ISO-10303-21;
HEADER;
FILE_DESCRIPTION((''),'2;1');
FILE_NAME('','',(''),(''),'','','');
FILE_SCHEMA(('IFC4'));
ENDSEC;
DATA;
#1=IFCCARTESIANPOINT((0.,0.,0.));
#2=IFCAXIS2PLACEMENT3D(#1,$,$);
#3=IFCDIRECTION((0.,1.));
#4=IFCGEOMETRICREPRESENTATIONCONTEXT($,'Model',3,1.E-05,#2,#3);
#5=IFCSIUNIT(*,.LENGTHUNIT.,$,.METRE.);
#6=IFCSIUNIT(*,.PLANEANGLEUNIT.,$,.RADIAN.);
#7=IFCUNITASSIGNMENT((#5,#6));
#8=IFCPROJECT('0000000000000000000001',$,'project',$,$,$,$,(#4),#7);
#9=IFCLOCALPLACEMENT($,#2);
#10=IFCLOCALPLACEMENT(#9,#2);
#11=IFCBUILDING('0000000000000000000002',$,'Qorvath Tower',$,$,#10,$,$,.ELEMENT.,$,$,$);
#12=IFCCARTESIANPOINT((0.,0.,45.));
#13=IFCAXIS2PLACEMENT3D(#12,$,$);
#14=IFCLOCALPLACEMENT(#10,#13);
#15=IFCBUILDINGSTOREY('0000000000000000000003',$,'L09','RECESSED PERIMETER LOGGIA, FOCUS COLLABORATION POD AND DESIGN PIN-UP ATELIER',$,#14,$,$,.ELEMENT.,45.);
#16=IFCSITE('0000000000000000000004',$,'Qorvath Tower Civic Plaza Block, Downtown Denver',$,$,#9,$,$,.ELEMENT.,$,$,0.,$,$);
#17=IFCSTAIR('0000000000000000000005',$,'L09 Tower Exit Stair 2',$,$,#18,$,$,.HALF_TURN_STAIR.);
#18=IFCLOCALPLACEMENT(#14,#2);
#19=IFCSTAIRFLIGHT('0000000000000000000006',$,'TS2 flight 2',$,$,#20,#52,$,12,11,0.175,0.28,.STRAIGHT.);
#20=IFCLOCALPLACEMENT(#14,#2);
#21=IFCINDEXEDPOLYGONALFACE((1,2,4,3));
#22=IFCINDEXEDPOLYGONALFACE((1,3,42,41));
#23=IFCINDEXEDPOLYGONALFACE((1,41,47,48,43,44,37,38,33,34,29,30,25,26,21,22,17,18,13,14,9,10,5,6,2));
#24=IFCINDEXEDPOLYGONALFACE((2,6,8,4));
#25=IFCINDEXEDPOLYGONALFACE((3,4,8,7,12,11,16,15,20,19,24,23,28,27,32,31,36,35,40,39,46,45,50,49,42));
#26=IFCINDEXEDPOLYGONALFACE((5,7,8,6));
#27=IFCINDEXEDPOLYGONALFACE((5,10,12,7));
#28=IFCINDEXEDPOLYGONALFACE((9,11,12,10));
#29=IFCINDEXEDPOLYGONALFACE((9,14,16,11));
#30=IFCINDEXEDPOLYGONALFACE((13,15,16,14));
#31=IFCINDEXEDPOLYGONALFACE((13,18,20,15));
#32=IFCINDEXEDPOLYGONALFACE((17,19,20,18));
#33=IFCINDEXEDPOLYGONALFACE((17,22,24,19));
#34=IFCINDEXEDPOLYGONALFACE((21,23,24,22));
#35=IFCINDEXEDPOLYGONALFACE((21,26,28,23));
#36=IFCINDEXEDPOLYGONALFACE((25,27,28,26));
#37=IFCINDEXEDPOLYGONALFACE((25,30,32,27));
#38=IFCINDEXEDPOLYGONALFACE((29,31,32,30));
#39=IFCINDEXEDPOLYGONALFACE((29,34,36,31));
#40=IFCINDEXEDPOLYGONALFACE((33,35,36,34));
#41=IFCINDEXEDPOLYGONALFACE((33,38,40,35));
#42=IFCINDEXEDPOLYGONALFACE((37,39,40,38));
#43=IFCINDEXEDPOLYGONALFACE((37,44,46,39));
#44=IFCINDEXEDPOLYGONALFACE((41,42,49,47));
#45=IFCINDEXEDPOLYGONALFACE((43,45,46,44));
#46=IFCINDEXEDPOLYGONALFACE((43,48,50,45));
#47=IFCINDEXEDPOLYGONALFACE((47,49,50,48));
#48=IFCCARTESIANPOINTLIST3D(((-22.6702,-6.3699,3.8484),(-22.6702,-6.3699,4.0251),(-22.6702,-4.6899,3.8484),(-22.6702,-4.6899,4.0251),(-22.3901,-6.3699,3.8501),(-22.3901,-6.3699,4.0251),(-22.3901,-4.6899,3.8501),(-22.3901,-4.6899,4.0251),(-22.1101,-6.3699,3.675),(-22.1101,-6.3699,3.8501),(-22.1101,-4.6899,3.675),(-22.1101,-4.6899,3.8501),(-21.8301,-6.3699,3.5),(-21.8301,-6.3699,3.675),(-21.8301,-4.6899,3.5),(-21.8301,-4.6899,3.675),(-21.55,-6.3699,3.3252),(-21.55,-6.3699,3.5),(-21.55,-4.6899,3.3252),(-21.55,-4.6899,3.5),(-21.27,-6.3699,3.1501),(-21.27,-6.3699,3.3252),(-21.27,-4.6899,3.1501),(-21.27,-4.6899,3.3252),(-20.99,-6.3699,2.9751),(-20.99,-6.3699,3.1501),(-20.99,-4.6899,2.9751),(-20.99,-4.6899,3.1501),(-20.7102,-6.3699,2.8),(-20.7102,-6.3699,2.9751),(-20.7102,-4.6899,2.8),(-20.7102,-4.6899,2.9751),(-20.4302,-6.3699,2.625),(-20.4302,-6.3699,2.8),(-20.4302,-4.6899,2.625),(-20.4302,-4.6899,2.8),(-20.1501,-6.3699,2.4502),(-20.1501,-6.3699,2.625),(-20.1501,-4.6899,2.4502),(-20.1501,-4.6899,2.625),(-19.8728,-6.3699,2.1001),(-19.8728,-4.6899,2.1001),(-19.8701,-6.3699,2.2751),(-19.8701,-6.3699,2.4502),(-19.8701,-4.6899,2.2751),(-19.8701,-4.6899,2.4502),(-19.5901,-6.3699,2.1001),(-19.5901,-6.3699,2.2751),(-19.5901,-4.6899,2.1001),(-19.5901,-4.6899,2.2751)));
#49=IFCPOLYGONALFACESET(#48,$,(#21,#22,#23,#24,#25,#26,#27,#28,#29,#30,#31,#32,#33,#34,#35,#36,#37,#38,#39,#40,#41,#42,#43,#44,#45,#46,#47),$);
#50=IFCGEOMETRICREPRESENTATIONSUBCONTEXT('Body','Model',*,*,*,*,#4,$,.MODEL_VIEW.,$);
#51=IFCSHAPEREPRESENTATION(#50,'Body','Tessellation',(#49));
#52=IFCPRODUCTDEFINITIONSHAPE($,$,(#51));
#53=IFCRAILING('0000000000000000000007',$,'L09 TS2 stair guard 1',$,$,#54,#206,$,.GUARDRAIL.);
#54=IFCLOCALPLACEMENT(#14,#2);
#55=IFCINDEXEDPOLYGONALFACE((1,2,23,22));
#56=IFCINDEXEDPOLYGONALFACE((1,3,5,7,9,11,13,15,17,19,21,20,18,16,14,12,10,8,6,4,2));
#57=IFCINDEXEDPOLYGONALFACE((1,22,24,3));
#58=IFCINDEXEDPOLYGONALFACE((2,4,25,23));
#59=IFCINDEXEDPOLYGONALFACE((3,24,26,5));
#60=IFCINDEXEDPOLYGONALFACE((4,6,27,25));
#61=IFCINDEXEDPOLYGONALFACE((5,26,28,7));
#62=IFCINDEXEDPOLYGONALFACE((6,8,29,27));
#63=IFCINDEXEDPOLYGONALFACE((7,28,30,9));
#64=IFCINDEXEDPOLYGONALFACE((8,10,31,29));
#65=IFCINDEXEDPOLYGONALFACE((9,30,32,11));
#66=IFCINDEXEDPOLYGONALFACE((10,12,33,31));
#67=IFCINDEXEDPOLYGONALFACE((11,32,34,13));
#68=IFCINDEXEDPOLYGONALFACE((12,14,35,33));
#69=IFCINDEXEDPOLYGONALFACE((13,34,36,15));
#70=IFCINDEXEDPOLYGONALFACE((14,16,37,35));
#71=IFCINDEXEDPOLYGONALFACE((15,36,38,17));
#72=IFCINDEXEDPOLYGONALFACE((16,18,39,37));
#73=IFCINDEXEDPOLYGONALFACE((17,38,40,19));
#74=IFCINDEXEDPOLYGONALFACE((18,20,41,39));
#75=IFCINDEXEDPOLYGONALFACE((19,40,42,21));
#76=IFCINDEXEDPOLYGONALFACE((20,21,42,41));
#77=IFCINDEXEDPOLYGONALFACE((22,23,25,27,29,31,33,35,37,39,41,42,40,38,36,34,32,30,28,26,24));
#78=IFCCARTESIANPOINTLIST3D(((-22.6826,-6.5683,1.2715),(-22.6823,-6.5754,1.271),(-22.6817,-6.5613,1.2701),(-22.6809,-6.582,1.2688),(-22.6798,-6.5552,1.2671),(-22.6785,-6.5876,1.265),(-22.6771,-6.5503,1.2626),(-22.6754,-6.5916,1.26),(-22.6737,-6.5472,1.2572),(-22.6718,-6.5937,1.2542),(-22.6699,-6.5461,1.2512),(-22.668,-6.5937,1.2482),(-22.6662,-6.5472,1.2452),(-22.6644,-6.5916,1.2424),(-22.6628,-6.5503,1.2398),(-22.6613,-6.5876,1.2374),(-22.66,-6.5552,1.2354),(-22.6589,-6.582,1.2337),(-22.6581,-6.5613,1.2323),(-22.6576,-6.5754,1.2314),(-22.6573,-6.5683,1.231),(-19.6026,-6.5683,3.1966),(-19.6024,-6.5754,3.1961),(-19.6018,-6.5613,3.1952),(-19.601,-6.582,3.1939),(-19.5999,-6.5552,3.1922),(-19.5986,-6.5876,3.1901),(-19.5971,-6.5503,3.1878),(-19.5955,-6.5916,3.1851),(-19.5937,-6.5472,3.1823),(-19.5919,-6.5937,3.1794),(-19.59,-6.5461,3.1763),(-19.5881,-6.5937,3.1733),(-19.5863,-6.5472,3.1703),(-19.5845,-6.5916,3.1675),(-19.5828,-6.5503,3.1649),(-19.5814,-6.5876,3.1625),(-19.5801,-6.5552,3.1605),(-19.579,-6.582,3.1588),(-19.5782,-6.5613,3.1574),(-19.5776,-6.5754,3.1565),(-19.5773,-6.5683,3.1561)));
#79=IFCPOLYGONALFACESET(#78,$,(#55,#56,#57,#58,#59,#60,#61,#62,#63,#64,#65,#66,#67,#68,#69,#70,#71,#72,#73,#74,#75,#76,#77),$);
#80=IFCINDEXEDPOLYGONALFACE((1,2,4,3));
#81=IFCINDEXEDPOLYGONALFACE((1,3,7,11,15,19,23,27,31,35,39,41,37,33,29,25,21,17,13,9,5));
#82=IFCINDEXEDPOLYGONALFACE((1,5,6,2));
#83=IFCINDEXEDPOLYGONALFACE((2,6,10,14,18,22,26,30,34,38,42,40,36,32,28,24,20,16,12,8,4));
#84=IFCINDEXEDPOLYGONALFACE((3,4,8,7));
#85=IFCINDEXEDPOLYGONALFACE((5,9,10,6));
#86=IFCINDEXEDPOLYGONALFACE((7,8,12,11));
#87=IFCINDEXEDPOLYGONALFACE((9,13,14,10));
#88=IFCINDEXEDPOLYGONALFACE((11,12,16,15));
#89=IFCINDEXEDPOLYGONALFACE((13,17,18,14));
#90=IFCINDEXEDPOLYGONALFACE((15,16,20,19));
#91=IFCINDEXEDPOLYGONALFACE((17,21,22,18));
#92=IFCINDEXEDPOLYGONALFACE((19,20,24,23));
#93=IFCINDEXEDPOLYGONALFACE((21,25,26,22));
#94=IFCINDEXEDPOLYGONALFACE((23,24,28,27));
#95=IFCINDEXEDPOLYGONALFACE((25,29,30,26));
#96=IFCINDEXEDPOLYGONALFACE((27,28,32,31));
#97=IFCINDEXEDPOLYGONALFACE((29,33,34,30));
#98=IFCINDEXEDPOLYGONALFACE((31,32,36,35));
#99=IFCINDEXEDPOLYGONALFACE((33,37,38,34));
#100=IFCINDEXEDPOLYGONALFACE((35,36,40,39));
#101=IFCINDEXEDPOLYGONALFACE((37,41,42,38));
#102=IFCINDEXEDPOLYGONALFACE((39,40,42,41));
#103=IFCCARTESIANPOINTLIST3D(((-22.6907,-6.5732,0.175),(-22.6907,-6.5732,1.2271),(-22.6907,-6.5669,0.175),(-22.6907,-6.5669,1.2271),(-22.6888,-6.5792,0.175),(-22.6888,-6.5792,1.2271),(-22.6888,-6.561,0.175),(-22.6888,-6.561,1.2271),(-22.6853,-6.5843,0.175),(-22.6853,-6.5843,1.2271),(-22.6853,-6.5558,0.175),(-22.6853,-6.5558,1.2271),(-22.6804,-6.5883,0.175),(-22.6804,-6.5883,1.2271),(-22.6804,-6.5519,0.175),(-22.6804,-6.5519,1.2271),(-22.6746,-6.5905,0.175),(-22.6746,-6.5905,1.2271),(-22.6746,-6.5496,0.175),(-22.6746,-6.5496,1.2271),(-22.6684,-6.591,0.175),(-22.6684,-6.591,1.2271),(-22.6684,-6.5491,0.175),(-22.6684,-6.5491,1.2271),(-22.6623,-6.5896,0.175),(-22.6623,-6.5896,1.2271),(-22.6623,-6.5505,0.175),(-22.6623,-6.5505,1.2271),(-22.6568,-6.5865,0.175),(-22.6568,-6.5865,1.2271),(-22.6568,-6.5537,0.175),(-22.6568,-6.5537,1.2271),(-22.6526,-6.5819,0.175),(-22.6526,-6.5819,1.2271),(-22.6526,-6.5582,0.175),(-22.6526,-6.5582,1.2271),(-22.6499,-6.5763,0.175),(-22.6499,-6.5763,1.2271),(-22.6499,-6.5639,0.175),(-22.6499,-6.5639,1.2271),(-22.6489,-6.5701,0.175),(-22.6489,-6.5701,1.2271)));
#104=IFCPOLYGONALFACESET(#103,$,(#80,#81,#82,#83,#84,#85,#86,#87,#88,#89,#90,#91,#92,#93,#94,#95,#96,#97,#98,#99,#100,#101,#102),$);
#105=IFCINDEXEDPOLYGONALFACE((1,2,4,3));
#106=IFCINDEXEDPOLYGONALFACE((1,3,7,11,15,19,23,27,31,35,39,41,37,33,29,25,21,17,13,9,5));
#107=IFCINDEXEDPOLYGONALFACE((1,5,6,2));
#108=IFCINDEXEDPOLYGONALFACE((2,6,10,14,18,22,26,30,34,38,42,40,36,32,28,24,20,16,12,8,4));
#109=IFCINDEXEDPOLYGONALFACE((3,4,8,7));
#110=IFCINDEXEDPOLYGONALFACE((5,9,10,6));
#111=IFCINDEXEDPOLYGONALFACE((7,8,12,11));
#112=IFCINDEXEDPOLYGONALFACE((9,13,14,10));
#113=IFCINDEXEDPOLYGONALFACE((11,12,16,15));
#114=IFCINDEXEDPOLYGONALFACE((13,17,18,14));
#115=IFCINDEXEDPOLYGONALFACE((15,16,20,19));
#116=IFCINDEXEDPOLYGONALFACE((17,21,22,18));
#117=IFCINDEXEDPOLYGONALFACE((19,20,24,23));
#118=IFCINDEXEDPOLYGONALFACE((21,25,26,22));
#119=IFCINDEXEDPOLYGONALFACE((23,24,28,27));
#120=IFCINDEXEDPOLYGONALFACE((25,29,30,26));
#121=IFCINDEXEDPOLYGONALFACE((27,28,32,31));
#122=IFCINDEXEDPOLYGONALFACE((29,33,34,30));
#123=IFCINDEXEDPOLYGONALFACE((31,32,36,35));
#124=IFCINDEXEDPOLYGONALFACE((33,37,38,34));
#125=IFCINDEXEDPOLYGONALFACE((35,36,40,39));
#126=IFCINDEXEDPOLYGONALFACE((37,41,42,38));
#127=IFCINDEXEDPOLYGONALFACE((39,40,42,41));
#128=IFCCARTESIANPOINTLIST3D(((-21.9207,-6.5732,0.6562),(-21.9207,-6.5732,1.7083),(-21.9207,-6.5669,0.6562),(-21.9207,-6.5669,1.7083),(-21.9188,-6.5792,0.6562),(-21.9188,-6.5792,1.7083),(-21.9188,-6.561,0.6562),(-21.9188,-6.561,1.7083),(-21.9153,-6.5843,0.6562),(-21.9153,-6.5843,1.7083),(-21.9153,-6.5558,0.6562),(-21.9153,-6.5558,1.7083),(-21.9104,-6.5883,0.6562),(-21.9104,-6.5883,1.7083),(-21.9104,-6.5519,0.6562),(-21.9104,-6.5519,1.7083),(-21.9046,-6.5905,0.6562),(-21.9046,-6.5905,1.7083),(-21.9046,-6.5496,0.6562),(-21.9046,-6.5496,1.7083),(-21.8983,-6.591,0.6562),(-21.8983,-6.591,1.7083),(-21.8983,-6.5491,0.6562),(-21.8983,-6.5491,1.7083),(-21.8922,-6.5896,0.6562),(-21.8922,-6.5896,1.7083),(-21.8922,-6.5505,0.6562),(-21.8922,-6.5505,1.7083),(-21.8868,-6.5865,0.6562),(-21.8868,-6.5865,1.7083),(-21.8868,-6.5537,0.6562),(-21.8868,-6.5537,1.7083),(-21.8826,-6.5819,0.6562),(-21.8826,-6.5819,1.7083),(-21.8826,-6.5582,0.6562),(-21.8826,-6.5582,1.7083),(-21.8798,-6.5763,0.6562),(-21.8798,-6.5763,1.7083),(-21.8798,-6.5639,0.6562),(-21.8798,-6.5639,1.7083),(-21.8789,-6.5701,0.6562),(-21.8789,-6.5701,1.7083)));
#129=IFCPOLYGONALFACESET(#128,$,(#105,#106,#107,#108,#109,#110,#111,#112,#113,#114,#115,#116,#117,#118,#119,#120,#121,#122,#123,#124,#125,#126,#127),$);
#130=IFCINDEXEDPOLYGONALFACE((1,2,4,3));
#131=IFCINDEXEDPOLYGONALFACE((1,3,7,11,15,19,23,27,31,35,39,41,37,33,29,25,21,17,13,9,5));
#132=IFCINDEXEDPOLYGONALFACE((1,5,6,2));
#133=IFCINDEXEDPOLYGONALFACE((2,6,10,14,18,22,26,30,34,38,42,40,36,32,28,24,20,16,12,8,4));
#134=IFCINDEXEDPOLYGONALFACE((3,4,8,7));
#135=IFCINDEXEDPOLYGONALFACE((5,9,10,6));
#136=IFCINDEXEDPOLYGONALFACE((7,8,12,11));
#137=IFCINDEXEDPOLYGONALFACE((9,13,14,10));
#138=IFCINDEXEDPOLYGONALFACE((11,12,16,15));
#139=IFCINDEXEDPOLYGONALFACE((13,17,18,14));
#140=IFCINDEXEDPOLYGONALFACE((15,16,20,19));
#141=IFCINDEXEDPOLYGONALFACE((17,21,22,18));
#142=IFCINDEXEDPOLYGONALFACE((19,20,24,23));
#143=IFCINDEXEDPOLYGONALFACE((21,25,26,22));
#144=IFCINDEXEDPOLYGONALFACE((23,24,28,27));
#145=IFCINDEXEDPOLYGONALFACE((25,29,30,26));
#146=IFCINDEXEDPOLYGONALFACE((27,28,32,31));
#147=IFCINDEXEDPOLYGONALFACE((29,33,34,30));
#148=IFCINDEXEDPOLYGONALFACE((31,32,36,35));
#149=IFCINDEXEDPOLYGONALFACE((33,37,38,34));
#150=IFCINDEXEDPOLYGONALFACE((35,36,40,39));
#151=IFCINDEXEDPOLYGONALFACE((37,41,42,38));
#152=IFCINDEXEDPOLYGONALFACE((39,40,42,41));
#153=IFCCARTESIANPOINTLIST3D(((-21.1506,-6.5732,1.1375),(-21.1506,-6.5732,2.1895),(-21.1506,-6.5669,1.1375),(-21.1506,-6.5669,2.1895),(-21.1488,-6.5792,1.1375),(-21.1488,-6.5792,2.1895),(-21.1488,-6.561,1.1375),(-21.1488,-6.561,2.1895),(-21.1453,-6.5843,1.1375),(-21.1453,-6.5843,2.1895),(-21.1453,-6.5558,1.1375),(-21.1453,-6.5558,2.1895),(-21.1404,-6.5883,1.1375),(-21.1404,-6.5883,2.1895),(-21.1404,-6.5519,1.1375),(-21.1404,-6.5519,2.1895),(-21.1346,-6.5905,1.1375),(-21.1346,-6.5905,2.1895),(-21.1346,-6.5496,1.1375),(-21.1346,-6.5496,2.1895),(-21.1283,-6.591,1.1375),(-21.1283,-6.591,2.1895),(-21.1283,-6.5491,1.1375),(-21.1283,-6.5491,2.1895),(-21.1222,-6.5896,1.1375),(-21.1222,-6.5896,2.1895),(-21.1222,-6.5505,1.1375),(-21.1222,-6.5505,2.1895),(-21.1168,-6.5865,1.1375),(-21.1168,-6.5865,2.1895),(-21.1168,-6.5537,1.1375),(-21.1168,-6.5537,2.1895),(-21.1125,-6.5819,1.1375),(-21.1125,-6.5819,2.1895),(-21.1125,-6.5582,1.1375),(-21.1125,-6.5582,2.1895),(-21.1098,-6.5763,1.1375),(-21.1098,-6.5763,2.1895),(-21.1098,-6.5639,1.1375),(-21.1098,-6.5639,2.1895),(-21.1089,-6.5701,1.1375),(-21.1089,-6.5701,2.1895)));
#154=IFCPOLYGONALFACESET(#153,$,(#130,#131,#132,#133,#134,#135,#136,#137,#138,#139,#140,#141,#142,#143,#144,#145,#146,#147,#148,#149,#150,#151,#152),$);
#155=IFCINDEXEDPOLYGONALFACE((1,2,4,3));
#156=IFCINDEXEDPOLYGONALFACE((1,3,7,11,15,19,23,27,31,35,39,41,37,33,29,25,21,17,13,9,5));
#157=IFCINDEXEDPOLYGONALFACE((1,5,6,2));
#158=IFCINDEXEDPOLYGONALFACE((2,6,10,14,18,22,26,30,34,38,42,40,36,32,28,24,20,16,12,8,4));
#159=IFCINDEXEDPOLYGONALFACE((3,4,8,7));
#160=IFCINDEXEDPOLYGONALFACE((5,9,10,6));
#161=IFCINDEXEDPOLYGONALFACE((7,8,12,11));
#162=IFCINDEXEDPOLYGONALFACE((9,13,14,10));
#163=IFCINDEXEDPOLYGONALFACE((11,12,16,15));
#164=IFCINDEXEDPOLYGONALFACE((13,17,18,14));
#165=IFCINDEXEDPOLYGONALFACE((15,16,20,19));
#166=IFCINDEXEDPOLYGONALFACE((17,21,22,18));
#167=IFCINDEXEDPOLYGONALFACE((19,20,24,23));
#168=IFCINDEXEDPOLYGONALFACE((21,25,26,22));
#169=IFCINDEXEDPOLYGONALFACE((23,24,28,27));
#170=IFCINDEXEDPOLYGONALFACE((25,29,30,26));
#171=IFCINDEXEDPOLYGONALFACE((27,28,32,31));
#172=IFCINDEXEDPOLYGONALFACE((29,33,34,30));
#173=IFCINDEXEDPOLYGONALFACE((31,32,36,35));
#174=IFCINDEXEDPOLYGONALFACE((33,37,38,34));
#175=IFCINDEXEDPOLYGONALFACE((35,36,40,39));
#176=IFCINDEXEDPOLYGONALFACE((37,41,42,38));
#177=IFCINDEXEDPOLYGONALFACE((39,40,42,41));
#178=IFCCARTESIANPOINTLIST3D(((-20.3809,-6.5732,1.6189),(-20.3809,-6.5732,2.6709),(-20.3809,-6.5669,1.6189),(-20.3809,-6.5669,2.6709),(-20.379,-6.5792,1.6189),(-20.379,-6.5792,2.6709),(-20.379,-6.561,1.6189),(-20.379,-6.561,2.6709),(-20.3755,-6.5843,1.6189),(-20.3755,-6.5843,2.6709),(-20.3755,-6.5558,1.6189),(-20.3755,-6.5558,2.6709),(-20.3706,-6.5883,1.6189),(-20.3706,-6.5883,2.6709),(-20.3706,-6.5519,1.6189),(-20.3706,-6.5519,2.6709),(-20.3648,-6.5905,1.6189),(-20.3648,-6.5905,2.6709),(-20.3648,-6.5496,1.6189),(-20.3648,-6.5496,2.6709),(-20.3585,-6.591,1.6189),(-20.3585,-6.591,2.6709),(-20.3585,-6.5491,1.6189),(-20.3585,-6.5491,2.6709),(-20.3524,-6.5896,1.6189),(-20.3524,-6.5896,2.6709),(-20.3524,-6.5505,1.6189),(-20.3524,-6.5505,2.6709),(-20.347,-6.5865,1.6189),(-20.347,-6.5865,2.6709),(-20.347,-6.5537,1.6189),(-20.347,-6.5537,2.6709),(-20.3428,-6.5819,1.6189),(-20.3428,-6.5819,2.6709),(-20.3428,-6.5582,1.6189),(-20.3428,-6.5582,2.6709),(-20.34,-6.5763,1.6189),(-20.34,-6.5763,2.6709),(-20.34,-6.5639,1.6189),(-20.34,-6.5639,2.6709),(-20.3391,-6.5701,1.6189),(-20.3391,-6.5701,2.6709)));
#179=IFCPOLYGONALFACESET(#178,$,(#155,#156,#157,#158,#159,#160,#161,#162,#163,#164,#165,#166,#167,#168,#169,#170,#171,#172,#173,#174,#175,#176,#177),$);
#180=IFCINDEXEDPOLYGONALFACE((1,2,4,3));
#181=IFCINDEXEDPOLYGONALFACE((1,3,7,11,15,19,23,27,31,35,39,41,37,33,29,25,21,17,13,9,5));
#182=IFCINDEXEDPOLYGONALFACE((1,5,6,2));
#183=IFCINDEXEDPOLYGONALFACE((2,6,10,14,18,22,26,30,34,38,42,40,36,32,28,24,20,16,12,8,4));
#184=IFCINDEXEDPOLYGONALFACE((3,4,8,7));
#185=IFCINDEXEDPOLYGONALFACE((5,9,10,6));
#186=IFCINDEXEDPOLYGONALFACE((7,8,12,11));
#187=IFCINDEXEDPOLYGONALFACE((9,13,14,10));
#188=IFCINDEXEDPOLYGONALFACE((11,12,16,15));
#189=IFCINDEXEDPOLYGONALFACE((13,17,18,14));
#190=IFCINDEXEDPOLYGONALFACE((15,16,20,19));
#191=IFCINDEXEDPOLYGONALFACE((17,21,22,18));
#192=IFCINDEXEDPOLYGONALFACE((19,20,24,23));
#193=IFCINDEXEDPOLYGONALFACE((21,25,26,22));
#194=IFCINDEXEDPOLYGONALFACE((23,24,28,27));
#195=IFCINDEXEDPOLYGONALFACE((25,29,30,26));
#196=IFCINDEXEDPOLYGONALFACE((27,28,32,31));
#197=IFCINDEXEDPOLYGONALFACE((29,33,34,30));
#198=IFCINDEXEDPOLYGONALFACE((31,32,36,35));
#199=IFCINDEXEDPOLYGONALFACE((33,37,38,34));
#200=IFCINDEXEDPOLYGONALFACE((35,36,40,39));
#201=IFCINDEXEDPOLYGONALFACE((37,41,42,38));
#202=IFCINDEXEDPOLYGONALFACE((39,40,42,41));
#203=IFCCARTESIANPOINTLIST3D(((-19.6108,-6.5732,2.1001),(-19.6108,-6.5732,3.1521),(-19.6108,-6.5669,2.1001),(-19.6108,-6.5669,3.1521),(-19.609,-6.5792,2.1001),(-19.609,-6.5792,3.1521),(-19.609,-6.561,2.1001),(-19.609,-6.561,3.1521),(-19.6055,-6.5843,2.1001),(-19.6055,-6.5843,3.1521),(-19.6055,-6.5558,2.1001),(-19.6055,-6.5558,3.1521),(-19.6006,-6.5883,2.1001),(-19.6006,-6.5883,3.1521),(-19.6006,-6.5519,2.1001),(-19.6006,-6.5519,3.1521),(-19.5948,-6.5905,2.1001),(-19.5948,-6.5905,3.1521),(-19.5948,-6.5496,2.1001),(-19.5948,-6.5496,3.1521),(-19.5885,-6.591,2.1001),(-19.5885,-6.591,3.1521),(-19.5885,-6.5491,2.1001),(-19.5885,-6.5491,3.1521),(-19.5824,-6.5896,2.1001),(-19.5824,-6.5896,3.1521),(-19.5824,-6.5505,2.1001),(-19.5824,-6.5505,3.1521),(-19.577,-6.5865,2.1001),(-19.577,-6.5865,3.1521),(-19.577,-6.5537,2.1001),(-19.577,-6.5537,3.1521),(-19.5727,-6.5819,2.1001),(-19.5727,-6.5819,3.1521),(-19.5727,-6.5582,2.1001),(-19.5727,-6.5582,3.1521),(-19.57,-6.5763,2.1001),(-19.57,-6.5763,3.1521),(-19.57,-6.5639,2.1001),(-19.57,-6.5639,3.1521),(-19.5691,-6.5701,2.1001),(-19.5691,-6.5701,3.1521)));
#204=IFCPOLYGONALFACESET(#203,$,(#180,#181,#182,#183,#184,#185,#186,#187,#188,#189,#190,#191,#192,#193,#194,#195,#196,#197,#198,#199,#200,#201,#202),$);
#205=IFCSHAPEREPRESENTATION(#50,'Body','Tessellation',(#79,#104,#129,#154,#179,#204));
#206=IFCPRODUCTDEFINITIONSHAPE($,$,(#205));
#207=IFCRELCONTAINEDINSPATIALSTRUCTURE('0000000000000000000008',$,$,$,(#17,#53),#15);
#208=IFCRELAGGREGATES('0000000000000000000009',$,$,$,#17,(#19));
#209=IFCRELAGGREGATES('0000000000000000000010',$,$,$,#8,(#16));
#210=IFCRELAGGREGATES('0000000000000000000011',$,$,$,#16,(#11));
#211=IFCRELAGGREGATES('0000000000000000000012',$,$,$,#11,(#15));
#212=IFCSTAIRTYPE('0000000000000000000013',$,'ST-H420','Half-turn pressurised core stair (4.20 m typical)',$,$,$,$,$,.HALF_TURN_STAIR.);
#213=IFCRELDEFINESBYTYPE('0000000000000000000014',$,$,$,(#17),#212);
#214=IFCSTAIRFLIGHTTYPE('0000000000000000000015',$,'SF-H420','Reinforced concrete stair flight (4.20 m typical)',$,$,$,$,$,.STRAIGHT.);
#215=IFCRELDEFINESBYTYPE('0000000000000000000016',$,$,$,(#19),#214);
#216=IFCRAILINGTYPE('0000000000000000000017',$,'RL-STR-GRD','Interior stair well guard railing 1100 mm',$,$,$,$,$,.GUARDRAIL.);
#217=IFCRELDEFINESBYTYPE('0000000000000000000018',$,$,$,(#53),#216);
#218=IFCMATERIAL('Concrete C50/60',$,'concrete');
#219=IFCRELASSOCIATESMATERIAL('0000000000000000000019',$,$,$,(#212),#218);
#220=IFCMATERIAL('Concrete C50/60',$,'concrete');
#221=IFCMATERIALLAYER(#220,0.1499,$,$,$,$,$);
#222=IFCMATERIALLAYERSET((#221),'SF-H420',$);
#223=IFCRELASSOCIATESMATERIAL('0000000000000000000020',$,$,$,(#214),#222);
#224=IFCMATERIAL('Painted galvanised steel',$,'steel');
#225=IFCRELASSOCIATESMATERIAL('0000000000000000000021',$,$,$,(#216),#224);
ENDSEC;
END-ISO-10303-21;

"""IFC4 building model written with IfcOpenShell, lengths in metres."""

from ifc_helpers import new_model, si_unit, direction, frame, origin, origin_2d, place, context, subcontext, project, spatial, polyline, circle, outline, extrude, material, layer, layer_set, type_object, element, aggregate, save


model = new_model("IFC4")

# Units and contexts
model_context = context("Model", 3, precision=1e-05, world=origin(), true_north=direction((0.0, 1.0)))
body_context = subcontext(model_context, "Body", "Model", "MODEL_VIEW")
ifc_project = project(units=[si_unit("LENGTHUNIT", "METRE"), si_unit("PLANEANGLEUNIT", "RADIAN")], contexts=[model_context])

# Site, building, storey
site_placement = place(None, origin())
site = spatial("IfcSite", under=ifc_project, at=site_placement, Name="Qorvath Tower Civic Plaza Block, Downtown Denver", CompositionType="ELEMENT", RefElevation=0.0)
building_placement = place(site_placement, origin())
building = spatial("IfcBuilding", under=site, at=building_placement, Name="Qorvath Tower", CompositionType="ELEMENT")
storey_placement = place(building_placement, frame((0.0, 0.0, 45.0)))
storey = spatial("IfcBuildingStorey", under=building, at=storey_placement, Name="L09", Description="RECESSED PERIMETER LOGGIA, FOCUS COLLABORATION POD AND DESIGN PIN-UP ATELIER", CompositionType="ELEMENT", Elevation=45.0)

# Stair, stair flight
ifc_material_1 = material(Name="Concrete C50/60", Category="concrete")
stair_type = type_object("IfcStairType", Name="ST-H420", Description="Half-turn pressurised core stair (4.20 m typical)", PredefinedType="HALF_TURN_STAIR", material=ifc_material_1)
stair_placement = place(storey_placement, origin())
stair = element("IfcStair", 1, at=stair_placement, inside=storey, type_object=stair_type, Name="L09 Tower Exit Stair 2", PredefinedType="HALF_TURN_STAIR")
ifc_material_2 = material(Name="Concrete C50/60", Category="concrete")
ifc_layer_1 = layer(ifc_material_2, 0.1499)
ifc_layer_set_1 = layer_set([ifc_layer_1], Name="SF-H420")
stair_flight_type = type_object("IfcStairFlightType", Name="SF-H420", Description="Reinforced concrete stair flight (4.20 m typical)", PredefinedType="STRAIGHT", material=ifc_layer_set_1)
stair_flight_1_placement = place(storey_placement, frame((-19.5901, -5.53, 2.1001), z_axis=(0.0, 0.0, 1.0), x_axis=(-1.0, 0.0, 0.0)))
stair_flight_1 = element("IfcStairFlight", 2, at=stair_flight_1_placement, type_object=stair_flight_type, Name="TS2 flight 2", NumberOfRisers=12, NumberOfTreads=11, PredefinedType="STRAIGHT", RiserHeight=0.175, TreadLength=0.28, context=body_context, shape_type="SweptSolid", body=[
    extrude(outline(polyline([(0.0, 0.0), (0.0, 0.175), (0.28, 0.175), (0.28, 0.3501), (0.5601, 0.3501), (0.5601, 0.5249), (0.8401, 0.5249), (0.8401, 0.7), (1.1201, 0.7), (1.1201, 0.875), (1.3999, 0.875), (1.3999, 1.05), (1.6799, 1.05), (1.6799, 1.2251), (1.96, 1.2251), (1.96, 1.3999), (2.24, 1.3999), (2.24, 1.575), (2.52, 1.575), (2.52, 1.75), (2.8, 1.75), (2.8, 1.925), (3.0801, 1.925), (3.0801, 2.1001), (3.0801, 1.7483), (0.2827, 0.0), (0.0, 0.0)])), frame((0.0, 0.8398, 0.0), z_axis=(0.0, -1.0, 0.0), x_axis=(1.0, 0.0, 0.0)), (0.0, 0.0, 1.0), 1.6799),
])
aggregate(stair, [stair_flight_1])

# Railing
ifc_material_3 = material(Name="Painted galvanised steel", Category="steel")
railing_type_1 = type_object("IfcRailingType", Name="RL-STR-GRD", Description="Interior stair well guard railing 1100 mm", PredefinedType="GUARDRAIL", material=ifc_material_3)
railing_1_placement = place(storey_placement, frame((-22.6699, -6.5701, 0.175)))
element("IfcRailing", 3, at=railing_1_placement, inside=storey, type_object=railing_type_1, Name="L09 TS2 stair guard 1", PredefinedType="GUARDRAIL", context=body_context, shape_type="SweptSolid", body=[
    extrude(circle(Radius=0.0239, at=origin_2d()), frame((0.0, 0.0, 1.0762), z_axis=(0.847979, 0.0, 0.530029), x_axis=(0.0, 1.0, 0.0)), (0.0, 0.0, 1.0), 3.6321),
    extrude(circle(Radius=0.021, at=origin_2d()), origin(), (0.0, 0.0, 1.0), 1.052),
    extrude(circle(Radius=0.021, at=origin_2d()), frame((0.77, 0.0, 0.4812)), (0.0, 0.0, 1.0), 1.052),
    extrude(circle(Radius=0.021, at=origin_2d()), frame((1.54, 0.0, 0.9624)), (0.0, 0.0, 1.0), 1.052),
    extrude(circle(Radius=0.021, at=origin_2d()), frame((2.3098, 0.0, 1.4438)), (0.0, 0.0, 1.0), 1.052),
    extrude(circle(Radius=0.021, at=origin_2d()), frame((3.0798, 0.0, 1.925)), (0.0, 0.0, 1.0), 1.052),
])

save(model, "model.ifc")
